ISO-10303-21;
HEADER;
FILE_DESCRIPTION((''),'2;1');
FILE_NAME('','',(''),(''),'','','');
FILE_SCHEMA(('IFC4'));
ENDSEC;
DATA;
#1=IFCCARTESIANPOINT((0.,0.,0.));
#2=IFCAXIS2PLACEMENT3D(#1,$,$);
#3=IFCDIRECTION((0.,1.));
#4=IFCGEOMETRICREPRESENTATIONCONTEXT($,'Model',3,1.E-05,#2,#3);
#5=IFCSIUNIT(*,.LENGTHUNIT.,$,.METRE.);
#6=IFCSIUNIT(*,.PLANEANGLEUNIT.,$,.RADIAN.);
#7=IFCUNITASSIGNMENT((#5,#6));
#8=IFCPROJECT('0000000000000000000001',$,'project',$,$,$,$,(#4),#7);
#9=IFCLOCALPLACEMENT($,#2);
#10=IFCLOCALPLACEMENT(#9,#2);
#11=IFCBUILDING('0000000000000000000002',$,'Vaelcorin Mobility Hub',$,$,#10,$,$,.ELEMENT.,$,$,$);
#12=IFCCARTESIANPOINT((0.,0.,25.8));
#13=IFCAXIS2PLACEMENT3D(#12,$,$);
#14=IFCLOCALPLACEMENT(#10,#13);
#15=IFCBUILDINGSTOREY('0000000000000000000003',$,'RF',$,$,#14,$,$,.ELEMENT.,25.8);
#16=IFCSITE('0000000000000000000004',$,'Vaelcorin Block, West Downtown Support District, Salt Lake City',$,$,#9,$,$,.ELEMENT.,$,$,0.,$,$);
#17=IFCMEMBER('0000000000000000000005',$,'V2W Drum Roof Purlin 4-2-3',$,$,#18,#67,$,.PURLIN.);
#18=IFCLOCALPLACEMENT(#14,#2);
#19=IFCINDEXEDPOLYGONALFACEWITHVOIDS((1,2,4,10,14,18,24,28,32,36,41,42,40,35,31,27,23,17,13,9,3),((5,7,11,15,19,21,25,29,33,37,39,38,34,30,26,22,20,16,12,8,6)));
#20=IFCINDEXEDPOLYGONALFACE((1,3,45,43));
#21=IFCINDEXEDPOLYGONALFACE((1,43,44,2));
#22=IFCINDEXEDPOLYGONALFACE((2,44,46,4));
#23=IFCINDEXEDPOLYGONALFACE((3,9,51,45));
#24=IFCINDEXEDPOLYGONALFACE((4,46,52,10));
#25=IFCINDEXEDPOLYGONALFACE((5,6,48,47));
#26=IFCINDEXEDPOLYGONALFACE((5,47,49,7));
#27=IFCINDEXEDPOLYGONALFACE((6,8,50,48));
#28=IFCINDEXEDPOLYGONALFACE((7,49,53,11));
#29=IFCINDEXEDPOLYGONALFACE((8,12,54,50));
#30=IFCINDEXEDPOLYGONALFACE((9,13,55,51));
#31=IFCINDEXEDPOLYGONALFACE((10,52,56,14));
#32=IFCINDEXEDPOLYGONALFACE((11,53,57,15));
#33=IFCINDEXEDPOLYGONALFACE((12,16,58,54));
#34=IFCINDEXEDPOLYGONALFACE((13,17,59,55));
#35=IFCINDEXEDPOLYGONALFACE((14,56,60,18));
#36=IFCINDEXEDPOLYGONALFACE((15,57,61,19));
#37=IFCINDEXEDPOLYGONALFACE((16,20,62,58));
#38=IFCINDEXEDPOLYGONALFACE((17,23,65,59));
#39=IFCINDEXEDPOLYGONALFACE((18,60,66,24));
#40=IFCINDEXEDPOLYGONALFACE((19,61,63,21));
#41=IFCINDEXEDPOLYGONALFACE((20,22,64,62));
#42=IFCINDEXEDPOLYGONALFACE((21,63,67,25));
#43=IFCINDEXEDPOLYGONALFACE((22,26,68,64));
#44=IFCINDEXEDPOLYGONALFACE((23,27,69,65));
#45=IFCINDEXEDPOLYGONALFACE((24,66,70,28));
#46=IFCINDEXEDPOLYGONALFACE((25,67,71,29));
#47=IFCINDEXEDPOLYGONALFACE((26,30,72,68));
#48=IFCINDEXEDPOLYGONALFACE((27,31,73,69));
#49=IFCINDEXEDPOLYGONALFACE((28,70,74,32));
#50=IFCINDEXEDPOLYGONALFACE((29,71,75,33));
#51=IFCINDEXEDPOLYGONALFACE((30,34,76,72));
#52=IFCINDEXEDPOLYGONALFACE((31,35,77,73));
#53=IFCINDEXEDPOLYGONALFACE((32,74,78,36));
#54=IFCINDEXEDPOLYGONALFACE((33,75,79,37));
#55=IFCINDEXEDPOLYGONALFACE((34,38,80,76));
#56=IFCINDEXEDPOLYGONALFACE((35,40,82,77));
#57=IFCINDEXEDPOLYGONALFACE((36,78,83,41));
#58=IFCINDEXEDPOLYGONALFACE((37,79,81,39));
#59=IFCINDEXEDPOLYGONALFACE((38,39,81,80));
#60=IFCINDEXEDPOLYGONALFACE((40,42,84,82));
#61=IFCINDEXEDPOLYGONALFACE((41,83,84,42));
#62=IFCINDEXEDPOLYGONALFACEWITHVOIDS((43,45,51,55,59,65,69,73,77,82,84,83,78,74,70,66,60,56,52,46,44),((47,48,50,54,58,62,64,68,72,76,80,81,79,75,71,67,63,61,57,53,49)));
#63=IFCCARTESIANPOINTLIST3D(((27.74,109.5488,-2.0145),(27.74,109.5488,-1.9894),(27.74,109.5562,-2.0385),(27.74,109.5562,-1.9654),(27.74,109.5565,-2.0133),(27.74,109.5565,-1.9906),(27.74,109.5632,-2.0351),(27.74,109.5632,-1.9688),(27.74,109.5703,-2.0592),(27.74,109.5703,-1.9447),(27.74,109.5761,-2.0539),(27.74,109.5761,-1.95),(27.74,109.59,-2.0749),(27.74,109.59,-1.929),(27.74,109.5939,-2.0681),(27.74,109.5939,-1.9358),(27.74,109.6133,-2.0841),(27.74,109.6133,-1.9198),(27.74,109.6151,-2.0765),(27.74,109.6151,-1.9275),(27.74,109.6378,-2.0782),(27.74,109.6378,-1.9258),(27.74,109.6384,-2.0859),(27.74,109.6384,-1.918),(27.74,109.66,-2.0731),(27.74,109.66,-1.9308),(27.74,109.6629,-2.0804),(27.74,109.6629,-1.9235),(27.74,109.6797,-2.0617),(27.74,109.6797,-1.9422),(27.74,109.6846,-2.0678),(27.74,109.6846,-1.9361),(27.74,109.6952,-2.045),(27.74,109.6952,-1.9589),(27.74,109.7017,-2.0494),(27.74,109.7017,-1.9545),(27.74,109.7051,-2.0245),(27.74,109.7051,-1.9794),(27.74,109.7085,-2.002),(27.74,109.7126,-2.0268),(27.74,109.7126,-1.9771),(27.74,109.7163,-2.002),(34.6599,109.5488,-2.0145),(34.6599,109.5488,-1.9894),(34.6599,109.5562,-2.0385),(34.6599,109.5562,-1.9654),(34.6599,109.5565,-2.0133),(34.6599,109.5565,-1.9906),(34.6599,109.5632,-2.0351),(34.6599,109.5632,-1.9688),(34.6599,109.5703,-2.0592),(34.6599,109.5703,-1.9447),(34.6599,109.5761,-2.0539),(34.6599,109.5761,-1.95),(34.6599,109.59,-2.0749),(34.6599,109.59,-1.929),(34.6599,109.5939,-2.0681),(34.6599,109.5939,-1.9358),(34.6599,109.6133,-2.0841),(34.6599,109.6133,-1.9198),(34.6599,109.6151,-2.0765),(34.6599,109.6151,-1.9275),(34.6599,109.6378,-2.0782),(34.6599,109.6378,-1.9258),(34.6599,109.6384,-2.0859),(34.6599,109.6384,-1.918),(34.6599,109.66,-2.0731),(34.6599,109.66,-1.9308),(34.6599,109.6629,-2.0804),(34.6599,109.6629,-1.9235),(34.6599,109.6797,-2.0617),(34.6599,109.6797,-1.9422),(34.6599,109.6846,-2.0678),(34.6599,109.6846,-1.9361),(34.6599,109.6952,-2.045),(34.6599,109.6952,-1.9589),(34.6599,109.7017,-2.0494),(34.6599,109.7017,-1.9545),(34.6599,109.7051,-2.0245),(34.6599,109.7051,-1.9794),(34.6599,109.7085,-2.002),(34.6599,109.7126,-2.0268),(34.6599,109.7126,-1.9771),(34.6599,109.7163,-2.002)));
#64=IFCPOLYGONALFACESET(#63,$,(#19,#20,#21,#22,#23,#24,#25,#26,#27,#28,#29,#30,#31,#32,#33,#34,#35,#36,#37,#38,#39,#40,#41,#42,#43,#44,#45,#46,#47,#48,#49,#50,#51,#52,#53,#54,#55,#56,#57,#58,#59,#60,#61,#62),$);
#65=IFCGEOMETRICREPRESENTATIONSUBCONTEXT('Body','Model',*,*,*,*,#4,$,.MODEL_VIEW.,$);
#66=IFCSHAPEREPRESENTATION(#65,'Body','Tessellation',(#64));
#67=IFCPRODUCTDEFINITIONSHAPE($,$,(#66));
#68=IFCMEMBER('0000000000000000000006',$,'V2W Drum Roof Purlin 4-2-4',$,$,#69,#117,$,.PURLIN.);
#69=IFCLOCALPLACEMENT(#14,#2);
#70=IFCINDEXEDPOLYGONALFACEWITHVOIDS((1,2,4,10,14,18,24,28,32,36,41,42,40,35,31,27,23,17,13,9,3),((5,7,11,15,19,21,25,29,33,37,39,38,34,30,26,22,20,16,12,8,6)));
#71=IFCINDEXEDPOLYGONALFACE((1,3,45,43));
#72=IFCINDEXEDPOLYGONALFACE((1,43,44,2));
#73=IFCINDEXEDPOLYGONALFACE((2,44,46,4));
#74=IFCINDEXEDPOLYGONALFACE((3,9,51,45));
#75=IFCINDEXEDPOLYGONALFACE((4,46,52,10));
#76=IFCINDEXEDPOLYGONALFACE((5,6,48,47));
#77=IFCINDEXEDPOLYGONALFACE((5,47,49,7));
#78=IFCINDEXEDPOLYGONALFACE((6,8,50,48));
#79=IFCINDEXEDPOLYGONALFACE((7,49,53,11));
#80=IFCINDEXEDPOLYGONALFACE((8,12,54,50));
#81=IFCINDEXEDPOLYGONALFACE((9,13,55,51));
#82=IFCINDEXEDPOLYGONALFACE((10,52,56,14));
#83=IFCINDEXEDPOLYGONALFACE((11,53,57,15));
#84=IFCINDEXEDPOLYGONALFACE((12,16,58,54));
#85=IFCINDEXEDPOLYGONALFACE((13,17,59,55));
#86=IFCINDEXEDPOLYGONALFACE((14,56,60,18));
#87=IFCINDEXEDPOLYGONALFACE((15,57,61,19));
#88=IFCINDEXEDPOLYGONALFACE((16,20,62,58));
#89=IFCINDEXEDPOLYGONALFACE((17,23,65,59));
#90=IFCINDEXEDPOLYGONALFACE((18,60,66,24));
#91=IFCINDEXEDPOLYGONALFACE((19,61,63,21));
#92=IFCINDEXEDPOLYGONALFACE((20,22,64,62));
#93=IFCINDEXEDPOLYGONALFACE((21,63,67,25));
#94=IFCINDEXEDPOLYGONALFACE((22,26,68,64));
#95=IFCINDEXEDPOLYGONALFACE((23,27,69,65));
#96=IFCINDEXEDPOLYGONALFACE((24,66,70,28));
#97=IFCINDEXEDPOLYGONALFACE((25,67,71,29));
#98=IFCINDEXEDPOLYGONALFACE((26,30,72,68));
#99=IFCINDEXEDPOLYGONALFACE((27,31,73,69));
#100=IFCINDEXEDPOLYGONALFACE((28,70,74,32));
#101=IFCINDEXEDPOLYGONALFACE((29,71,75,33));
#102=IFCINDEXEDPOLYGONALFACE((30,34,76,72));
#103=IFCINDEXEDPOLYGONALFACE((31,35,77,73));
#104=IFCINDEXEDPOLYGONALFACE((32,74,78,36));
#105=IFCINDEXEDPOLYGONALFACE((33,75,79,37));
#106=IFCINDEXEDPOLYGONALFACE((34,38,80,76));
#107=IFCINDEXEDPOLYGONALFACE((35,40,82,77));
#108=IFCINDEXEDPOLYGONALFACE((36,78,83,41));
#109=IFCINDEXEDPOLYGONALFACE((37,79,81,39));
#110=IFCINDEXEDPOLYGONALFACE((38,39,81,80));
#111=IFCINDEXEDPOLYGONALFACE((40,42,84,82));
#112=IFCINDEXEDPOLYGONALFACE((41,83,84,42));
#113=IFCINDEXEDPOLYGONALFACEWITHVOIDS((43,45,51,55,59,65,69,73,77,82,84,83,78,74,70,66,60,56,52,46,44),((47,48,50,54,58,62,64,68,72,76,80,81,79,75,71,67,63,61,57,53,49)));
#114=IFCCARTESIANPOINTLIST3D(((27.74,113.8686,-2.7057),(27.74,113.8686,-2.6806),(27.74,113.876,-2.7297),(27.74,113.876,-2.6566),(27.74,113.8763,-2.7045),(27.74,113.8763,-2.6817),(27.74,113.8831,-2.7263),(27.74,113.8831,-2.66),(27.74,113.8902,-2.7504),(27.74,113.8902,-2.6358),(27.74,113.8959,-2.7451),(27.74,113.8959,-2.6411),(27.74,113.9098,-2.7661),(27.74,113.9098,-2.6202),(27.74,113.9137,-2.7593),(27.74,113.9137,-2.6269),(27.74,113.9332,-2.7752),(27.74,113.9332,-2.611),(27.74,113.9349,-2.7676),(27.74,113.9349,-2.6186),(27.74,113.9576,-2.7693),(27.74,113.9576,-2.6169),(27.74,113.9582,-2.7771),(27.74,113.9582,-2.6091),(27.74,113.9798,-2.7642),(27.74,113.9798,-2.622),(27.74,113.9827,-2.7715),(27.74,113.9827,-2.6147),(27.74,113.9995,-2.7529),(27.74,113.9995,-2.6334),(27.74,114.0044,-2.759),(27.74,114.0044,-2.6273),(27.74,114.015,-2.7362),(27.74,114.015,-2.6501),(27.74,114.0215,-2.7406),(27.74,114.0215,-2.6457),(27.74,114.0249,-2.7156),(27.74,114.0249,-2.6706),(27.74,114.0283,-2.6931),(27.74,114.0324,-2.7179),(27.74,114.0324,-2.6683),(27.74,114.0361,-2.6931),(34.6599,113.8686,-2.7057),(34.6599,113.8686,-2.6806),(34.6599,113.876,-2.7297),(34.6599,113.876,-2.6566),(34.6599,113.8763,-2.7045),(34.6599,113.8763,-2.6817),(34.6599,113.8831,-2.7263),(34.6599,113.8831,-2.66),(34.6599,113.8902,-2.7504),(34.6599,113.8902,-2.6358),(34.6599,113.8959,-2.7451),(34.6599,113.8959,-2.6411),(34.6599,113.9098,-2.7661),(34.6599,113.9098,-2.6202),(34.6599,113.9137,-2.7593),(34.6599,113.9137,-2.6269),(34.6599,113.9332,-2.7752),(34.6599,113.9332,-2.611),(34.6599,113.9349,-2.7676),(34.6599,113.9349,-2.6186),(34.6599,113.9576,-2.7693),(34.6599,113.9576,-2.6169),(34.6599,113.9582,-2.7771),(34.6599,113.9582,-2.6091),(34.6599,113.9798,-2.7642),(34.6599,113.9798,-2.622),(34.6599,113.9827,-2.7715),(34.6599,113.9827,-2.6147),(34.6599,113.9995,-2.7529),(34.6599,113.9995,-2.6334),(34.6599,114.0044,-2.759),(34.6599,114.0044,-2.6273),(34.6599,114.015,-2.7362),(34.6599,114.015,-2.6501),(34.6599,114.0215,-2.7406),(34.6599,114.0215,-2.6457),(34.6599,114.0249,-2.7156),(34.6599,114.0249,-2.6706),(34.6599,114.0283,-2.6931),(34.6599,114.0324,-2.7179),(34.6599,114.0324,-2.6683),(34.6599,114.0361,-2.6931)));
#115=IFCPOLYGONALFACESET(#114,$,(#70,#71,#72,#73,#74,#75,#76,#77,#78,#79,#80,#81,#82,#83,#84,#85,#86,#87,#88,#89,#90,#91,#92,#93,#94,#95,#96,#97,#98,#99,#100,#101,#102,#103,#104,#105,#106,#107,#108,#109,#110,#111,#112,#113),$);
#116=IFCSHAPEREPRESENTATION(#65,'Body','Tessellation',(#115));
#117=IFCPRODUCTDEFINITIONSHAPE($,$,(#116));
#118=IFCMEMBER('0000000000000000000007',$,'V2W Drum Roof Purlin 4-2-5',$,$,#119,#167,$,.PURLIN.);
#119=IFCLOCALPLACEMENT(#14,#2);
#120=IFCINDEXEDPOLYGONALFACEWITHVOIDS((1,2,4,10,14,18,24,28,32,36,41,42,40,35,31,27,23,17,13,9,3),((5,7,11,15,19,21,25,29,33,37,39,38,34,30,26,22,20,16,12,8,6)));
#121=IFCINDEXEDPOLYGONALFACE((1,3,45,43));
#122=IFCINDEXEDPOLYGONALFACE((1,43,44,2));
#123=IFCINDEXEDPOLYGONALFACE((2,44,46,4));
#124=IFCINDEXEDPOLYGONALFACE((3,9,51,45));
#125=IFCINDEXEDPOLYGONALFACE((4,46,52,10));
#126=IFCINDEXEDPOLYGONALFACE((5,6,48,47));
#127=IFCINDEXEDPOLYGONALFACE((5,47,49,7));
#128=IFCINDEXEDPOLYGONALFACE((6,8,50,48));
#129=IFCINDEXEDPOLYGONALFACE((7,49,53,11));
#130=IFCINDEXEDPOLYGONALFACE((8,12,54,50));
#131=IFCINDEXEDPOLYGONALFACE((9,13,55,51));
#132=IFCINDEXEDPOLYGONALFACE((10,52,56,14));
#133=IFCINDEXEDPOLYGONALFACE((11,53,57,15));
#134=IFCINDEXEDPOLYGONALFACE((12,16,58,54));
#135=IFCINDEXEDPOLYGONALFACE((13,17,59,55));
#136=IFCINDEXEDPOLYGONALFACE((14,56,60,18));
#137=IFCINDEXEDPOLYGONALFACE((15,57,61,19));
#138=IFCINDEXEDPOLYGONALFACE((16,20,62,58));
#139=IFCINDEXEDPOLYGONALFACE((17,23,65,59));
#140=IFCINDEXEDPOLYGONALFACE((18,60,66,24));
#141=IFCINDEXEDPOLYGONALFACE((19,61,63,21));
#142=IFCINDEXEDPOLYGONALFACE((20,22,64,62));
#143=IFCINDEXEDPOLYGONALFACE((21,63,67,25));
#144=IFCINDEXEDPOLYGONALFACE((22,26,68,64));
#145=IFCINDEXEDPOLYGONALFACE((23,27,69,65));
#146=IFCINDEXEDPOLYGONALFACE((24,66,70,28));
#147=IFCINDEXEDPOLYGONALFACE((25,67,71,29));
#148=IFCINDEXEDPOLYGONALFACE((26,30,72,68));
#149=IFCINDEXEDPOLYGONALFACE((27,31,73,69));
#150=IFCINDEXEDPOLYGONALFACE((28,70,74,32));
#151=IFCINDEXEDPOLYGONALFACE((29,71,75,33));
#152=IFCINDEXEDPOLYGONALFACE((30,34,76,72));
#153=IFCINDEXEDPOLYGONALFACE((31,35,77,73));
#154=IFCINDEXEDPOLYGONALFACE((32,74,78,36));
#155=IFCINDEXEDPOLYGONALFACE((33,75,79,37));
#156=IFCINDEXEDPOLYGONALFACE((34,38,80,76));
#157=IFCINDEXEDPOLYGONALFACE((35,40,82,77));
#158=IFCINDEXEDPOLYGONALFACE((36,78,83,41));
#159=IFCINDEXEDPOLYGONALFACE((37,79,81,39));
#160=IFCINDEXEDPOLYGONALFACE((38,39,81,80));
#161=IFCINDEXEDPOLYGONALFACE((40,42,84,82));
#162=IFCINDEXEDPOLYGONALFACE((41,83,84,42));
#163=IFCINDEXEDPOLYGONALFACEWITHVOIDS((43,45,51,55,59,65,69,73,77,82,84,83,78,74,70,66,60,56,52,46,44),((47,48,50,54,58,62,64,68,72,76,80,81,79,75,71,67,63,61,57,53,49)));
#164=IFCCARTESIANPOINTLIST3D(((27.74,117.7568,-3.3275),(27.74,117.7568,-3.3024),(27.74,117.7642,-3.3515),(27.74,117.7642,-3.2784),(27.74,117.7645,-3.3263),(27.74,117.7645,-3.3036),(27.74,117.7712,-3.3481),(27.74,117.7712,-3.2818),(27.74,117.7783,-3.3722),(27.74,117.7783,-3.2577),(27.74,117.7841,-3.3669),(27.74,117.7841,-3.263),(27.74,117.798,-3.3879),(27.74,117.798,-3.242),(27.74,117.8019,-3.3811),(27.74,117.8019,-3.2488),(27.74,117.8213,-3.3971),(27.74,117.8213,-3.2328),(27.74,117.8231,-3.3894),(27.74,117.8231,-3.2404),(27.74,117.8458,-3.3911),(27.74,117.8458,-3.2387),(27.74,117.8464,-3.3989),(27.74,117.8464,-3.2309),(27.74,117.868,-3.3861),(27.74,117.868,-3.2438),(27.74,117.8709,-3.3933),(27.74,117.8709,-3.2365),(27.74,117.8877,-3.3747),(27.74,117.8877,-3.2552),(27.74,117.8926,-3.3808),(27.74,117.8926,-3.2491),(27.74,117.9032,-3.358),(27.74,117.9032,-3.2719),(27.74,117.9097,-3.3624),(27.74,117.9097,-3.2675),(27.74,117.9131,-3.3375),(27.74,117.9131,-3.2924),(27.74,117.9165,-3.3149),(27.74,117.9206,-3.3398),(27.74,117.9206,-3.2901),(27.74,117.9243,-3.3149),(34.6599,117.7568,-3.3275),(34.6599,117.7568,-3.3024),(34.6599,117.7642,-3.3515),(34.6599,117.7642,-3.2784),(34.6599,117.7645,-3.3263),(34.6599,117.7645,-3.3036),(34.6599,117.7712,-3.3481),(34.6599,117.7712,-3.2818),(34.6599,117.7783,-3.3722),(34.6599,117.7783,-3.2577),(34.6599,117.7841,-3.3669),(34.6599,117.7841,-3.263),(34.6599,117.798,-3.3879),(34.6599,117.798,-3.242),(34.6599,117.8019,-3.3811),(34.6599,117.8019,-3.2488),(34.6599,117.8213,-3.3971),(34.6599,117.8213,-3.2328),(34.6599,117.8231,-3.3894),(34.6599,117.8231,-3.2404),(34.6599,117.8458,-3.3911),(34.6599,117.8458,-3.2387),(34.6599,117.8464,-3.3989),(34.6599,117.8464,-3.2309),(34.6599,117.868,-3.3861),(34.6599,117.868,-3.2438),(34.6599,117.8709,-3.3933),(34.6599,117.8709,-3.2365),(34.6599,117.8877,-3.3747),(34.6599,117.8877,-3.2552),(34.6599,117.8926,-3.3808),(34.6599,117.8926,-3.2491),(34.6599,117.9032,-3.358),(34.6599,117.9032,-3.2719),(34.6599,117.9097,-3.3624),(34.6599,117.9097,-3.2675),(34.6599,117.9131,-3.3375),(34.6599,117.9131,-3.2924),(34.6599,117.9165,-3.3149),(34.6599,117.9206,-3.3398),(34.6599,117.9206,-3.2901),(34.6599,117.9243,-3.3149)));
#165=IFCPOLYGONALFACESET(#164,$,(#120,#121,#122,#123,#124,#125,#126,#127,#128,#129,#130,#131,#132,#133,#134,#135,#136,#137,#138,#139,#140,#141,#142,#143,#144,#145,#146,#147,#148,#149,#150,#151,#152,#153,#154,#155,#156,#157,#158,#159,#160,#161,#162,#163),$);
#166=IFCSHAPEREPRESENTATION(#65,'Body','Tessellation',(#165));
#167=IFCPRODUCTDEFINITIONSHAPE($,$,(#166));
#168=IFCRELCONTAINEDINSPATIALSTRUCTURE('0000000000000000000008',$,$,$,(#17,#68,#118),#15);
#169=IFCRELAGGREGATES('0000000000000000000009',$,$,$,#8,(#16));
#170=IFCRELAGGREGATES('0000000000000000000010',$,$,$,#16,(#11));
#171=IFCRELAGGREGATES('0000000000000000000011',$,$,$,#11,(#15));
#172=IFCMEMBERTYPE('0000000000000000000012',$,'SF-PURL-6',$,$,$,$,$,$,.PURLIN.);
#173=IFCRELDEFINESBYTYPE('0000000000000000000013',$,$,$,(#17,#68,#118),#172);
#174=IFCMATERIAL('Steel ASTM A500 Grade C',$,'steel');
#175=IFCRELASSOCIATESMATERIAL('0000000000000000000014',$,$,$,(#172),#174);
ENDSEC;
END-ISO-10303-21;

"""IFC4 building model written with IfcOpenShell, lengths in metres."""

from ifc_helpers import new_model, si_unit, direction, frame, origin, origin_2d, place, context, subcontext, project, spatial, hollow_circle, extrude, material, material_profile, profile_set, type_object, element, save


model = new_model("IFC4")

# Units and contexts
model_context = context("Model", 3, precision=1e-05, world=origin(), true_north=direction((0.0, 1.0)))
body_context = subcontext(model_context, "Body", "Model", "MODEL_VIEW")
ifc_project = project(units=[si_unit("LENGTHUNIT", "METRE"), si_unit("PLANEANGLEUNIT", "RADIAN")], contexts=[model_context])

# Site, building, storey
site_placement = place(None, origin())
site = spatial("IfcSite", under=ifc_project, at=site_placement, Name="Vaelcorin Block, West Downtown Support District, Salt Lake City", CompositionType="ELEMENT", RefElevation=0.0)
building_placement = place(site_placement, origin())
building = spatial("IfcBuilding", under=site, at=building_placement, Name="Vaelcorin Mobility Hub", CompositionType="ELEMENT")
storey_placement = place(building_placement, frame((0.0, 0.0, 25.8)))
storey = spatial("IfcBuildingStorey", under=building, at=storey_placement, Name="RF", CompositionType="ELEMENT", Elevation=25.8)

# Members
ifc_material_1 = material(Name="Steel ASTM A500 Grade C", Category="steel")
ifc_material_profile_1 = material_profile(ifc_material_1, hollow_circle(Radius=0.0842, WallThickness=0.0078, at=origin_2d()), Name="HSS6.625X0.312")
ifc_profile_set_1 = profile_set([ifc_material_profile_1], Name="Steel ASTM A500 Grade C")
member_type_1 = type_object("IfcMemberType", Name="SF-PURL-6", PredefinedType="PURLIN", material=ifc_profile_set_1)
for number, where, z_axis, x_axis, name in (
    (1, (27.74, 109.6321, -2.002), (1.0, 0.0, 0.0), (0.0, 1.0, 0.0), "V2W Drum Roof Purlin 4-2-3"),
    (2, (27.74, 113.9519, -2.6931), (1.0, 0.0, 0.0), (0.0, 1.0, 0.0), "V2W Drum Roof Purlin 4-2-4"),
    (3, (27.74, 117.8401, -3.3149), (1.0, 0.0, 0.0), (0.0, 1.0, 0.0), "V2W Drum Roof Purlin 4-2-5"),
):
    element("IfcMember", number, at=place(storey_placement, frame(where, z_axis=z_axis, x_axis=x_axis)), inside=storey, type_object=member_type_1, Name=name, PredefinedType="PURLIN", context=body_context, shape_type="SweptSolid", body=[
        extrude(hollow_circle(Radius=0.0842, WallThickness=0.0078, at=origin_2d()), origin(), (0.0, 0.0, 1.0), 6.9199),
    ])

save(model, "model.ifc")
